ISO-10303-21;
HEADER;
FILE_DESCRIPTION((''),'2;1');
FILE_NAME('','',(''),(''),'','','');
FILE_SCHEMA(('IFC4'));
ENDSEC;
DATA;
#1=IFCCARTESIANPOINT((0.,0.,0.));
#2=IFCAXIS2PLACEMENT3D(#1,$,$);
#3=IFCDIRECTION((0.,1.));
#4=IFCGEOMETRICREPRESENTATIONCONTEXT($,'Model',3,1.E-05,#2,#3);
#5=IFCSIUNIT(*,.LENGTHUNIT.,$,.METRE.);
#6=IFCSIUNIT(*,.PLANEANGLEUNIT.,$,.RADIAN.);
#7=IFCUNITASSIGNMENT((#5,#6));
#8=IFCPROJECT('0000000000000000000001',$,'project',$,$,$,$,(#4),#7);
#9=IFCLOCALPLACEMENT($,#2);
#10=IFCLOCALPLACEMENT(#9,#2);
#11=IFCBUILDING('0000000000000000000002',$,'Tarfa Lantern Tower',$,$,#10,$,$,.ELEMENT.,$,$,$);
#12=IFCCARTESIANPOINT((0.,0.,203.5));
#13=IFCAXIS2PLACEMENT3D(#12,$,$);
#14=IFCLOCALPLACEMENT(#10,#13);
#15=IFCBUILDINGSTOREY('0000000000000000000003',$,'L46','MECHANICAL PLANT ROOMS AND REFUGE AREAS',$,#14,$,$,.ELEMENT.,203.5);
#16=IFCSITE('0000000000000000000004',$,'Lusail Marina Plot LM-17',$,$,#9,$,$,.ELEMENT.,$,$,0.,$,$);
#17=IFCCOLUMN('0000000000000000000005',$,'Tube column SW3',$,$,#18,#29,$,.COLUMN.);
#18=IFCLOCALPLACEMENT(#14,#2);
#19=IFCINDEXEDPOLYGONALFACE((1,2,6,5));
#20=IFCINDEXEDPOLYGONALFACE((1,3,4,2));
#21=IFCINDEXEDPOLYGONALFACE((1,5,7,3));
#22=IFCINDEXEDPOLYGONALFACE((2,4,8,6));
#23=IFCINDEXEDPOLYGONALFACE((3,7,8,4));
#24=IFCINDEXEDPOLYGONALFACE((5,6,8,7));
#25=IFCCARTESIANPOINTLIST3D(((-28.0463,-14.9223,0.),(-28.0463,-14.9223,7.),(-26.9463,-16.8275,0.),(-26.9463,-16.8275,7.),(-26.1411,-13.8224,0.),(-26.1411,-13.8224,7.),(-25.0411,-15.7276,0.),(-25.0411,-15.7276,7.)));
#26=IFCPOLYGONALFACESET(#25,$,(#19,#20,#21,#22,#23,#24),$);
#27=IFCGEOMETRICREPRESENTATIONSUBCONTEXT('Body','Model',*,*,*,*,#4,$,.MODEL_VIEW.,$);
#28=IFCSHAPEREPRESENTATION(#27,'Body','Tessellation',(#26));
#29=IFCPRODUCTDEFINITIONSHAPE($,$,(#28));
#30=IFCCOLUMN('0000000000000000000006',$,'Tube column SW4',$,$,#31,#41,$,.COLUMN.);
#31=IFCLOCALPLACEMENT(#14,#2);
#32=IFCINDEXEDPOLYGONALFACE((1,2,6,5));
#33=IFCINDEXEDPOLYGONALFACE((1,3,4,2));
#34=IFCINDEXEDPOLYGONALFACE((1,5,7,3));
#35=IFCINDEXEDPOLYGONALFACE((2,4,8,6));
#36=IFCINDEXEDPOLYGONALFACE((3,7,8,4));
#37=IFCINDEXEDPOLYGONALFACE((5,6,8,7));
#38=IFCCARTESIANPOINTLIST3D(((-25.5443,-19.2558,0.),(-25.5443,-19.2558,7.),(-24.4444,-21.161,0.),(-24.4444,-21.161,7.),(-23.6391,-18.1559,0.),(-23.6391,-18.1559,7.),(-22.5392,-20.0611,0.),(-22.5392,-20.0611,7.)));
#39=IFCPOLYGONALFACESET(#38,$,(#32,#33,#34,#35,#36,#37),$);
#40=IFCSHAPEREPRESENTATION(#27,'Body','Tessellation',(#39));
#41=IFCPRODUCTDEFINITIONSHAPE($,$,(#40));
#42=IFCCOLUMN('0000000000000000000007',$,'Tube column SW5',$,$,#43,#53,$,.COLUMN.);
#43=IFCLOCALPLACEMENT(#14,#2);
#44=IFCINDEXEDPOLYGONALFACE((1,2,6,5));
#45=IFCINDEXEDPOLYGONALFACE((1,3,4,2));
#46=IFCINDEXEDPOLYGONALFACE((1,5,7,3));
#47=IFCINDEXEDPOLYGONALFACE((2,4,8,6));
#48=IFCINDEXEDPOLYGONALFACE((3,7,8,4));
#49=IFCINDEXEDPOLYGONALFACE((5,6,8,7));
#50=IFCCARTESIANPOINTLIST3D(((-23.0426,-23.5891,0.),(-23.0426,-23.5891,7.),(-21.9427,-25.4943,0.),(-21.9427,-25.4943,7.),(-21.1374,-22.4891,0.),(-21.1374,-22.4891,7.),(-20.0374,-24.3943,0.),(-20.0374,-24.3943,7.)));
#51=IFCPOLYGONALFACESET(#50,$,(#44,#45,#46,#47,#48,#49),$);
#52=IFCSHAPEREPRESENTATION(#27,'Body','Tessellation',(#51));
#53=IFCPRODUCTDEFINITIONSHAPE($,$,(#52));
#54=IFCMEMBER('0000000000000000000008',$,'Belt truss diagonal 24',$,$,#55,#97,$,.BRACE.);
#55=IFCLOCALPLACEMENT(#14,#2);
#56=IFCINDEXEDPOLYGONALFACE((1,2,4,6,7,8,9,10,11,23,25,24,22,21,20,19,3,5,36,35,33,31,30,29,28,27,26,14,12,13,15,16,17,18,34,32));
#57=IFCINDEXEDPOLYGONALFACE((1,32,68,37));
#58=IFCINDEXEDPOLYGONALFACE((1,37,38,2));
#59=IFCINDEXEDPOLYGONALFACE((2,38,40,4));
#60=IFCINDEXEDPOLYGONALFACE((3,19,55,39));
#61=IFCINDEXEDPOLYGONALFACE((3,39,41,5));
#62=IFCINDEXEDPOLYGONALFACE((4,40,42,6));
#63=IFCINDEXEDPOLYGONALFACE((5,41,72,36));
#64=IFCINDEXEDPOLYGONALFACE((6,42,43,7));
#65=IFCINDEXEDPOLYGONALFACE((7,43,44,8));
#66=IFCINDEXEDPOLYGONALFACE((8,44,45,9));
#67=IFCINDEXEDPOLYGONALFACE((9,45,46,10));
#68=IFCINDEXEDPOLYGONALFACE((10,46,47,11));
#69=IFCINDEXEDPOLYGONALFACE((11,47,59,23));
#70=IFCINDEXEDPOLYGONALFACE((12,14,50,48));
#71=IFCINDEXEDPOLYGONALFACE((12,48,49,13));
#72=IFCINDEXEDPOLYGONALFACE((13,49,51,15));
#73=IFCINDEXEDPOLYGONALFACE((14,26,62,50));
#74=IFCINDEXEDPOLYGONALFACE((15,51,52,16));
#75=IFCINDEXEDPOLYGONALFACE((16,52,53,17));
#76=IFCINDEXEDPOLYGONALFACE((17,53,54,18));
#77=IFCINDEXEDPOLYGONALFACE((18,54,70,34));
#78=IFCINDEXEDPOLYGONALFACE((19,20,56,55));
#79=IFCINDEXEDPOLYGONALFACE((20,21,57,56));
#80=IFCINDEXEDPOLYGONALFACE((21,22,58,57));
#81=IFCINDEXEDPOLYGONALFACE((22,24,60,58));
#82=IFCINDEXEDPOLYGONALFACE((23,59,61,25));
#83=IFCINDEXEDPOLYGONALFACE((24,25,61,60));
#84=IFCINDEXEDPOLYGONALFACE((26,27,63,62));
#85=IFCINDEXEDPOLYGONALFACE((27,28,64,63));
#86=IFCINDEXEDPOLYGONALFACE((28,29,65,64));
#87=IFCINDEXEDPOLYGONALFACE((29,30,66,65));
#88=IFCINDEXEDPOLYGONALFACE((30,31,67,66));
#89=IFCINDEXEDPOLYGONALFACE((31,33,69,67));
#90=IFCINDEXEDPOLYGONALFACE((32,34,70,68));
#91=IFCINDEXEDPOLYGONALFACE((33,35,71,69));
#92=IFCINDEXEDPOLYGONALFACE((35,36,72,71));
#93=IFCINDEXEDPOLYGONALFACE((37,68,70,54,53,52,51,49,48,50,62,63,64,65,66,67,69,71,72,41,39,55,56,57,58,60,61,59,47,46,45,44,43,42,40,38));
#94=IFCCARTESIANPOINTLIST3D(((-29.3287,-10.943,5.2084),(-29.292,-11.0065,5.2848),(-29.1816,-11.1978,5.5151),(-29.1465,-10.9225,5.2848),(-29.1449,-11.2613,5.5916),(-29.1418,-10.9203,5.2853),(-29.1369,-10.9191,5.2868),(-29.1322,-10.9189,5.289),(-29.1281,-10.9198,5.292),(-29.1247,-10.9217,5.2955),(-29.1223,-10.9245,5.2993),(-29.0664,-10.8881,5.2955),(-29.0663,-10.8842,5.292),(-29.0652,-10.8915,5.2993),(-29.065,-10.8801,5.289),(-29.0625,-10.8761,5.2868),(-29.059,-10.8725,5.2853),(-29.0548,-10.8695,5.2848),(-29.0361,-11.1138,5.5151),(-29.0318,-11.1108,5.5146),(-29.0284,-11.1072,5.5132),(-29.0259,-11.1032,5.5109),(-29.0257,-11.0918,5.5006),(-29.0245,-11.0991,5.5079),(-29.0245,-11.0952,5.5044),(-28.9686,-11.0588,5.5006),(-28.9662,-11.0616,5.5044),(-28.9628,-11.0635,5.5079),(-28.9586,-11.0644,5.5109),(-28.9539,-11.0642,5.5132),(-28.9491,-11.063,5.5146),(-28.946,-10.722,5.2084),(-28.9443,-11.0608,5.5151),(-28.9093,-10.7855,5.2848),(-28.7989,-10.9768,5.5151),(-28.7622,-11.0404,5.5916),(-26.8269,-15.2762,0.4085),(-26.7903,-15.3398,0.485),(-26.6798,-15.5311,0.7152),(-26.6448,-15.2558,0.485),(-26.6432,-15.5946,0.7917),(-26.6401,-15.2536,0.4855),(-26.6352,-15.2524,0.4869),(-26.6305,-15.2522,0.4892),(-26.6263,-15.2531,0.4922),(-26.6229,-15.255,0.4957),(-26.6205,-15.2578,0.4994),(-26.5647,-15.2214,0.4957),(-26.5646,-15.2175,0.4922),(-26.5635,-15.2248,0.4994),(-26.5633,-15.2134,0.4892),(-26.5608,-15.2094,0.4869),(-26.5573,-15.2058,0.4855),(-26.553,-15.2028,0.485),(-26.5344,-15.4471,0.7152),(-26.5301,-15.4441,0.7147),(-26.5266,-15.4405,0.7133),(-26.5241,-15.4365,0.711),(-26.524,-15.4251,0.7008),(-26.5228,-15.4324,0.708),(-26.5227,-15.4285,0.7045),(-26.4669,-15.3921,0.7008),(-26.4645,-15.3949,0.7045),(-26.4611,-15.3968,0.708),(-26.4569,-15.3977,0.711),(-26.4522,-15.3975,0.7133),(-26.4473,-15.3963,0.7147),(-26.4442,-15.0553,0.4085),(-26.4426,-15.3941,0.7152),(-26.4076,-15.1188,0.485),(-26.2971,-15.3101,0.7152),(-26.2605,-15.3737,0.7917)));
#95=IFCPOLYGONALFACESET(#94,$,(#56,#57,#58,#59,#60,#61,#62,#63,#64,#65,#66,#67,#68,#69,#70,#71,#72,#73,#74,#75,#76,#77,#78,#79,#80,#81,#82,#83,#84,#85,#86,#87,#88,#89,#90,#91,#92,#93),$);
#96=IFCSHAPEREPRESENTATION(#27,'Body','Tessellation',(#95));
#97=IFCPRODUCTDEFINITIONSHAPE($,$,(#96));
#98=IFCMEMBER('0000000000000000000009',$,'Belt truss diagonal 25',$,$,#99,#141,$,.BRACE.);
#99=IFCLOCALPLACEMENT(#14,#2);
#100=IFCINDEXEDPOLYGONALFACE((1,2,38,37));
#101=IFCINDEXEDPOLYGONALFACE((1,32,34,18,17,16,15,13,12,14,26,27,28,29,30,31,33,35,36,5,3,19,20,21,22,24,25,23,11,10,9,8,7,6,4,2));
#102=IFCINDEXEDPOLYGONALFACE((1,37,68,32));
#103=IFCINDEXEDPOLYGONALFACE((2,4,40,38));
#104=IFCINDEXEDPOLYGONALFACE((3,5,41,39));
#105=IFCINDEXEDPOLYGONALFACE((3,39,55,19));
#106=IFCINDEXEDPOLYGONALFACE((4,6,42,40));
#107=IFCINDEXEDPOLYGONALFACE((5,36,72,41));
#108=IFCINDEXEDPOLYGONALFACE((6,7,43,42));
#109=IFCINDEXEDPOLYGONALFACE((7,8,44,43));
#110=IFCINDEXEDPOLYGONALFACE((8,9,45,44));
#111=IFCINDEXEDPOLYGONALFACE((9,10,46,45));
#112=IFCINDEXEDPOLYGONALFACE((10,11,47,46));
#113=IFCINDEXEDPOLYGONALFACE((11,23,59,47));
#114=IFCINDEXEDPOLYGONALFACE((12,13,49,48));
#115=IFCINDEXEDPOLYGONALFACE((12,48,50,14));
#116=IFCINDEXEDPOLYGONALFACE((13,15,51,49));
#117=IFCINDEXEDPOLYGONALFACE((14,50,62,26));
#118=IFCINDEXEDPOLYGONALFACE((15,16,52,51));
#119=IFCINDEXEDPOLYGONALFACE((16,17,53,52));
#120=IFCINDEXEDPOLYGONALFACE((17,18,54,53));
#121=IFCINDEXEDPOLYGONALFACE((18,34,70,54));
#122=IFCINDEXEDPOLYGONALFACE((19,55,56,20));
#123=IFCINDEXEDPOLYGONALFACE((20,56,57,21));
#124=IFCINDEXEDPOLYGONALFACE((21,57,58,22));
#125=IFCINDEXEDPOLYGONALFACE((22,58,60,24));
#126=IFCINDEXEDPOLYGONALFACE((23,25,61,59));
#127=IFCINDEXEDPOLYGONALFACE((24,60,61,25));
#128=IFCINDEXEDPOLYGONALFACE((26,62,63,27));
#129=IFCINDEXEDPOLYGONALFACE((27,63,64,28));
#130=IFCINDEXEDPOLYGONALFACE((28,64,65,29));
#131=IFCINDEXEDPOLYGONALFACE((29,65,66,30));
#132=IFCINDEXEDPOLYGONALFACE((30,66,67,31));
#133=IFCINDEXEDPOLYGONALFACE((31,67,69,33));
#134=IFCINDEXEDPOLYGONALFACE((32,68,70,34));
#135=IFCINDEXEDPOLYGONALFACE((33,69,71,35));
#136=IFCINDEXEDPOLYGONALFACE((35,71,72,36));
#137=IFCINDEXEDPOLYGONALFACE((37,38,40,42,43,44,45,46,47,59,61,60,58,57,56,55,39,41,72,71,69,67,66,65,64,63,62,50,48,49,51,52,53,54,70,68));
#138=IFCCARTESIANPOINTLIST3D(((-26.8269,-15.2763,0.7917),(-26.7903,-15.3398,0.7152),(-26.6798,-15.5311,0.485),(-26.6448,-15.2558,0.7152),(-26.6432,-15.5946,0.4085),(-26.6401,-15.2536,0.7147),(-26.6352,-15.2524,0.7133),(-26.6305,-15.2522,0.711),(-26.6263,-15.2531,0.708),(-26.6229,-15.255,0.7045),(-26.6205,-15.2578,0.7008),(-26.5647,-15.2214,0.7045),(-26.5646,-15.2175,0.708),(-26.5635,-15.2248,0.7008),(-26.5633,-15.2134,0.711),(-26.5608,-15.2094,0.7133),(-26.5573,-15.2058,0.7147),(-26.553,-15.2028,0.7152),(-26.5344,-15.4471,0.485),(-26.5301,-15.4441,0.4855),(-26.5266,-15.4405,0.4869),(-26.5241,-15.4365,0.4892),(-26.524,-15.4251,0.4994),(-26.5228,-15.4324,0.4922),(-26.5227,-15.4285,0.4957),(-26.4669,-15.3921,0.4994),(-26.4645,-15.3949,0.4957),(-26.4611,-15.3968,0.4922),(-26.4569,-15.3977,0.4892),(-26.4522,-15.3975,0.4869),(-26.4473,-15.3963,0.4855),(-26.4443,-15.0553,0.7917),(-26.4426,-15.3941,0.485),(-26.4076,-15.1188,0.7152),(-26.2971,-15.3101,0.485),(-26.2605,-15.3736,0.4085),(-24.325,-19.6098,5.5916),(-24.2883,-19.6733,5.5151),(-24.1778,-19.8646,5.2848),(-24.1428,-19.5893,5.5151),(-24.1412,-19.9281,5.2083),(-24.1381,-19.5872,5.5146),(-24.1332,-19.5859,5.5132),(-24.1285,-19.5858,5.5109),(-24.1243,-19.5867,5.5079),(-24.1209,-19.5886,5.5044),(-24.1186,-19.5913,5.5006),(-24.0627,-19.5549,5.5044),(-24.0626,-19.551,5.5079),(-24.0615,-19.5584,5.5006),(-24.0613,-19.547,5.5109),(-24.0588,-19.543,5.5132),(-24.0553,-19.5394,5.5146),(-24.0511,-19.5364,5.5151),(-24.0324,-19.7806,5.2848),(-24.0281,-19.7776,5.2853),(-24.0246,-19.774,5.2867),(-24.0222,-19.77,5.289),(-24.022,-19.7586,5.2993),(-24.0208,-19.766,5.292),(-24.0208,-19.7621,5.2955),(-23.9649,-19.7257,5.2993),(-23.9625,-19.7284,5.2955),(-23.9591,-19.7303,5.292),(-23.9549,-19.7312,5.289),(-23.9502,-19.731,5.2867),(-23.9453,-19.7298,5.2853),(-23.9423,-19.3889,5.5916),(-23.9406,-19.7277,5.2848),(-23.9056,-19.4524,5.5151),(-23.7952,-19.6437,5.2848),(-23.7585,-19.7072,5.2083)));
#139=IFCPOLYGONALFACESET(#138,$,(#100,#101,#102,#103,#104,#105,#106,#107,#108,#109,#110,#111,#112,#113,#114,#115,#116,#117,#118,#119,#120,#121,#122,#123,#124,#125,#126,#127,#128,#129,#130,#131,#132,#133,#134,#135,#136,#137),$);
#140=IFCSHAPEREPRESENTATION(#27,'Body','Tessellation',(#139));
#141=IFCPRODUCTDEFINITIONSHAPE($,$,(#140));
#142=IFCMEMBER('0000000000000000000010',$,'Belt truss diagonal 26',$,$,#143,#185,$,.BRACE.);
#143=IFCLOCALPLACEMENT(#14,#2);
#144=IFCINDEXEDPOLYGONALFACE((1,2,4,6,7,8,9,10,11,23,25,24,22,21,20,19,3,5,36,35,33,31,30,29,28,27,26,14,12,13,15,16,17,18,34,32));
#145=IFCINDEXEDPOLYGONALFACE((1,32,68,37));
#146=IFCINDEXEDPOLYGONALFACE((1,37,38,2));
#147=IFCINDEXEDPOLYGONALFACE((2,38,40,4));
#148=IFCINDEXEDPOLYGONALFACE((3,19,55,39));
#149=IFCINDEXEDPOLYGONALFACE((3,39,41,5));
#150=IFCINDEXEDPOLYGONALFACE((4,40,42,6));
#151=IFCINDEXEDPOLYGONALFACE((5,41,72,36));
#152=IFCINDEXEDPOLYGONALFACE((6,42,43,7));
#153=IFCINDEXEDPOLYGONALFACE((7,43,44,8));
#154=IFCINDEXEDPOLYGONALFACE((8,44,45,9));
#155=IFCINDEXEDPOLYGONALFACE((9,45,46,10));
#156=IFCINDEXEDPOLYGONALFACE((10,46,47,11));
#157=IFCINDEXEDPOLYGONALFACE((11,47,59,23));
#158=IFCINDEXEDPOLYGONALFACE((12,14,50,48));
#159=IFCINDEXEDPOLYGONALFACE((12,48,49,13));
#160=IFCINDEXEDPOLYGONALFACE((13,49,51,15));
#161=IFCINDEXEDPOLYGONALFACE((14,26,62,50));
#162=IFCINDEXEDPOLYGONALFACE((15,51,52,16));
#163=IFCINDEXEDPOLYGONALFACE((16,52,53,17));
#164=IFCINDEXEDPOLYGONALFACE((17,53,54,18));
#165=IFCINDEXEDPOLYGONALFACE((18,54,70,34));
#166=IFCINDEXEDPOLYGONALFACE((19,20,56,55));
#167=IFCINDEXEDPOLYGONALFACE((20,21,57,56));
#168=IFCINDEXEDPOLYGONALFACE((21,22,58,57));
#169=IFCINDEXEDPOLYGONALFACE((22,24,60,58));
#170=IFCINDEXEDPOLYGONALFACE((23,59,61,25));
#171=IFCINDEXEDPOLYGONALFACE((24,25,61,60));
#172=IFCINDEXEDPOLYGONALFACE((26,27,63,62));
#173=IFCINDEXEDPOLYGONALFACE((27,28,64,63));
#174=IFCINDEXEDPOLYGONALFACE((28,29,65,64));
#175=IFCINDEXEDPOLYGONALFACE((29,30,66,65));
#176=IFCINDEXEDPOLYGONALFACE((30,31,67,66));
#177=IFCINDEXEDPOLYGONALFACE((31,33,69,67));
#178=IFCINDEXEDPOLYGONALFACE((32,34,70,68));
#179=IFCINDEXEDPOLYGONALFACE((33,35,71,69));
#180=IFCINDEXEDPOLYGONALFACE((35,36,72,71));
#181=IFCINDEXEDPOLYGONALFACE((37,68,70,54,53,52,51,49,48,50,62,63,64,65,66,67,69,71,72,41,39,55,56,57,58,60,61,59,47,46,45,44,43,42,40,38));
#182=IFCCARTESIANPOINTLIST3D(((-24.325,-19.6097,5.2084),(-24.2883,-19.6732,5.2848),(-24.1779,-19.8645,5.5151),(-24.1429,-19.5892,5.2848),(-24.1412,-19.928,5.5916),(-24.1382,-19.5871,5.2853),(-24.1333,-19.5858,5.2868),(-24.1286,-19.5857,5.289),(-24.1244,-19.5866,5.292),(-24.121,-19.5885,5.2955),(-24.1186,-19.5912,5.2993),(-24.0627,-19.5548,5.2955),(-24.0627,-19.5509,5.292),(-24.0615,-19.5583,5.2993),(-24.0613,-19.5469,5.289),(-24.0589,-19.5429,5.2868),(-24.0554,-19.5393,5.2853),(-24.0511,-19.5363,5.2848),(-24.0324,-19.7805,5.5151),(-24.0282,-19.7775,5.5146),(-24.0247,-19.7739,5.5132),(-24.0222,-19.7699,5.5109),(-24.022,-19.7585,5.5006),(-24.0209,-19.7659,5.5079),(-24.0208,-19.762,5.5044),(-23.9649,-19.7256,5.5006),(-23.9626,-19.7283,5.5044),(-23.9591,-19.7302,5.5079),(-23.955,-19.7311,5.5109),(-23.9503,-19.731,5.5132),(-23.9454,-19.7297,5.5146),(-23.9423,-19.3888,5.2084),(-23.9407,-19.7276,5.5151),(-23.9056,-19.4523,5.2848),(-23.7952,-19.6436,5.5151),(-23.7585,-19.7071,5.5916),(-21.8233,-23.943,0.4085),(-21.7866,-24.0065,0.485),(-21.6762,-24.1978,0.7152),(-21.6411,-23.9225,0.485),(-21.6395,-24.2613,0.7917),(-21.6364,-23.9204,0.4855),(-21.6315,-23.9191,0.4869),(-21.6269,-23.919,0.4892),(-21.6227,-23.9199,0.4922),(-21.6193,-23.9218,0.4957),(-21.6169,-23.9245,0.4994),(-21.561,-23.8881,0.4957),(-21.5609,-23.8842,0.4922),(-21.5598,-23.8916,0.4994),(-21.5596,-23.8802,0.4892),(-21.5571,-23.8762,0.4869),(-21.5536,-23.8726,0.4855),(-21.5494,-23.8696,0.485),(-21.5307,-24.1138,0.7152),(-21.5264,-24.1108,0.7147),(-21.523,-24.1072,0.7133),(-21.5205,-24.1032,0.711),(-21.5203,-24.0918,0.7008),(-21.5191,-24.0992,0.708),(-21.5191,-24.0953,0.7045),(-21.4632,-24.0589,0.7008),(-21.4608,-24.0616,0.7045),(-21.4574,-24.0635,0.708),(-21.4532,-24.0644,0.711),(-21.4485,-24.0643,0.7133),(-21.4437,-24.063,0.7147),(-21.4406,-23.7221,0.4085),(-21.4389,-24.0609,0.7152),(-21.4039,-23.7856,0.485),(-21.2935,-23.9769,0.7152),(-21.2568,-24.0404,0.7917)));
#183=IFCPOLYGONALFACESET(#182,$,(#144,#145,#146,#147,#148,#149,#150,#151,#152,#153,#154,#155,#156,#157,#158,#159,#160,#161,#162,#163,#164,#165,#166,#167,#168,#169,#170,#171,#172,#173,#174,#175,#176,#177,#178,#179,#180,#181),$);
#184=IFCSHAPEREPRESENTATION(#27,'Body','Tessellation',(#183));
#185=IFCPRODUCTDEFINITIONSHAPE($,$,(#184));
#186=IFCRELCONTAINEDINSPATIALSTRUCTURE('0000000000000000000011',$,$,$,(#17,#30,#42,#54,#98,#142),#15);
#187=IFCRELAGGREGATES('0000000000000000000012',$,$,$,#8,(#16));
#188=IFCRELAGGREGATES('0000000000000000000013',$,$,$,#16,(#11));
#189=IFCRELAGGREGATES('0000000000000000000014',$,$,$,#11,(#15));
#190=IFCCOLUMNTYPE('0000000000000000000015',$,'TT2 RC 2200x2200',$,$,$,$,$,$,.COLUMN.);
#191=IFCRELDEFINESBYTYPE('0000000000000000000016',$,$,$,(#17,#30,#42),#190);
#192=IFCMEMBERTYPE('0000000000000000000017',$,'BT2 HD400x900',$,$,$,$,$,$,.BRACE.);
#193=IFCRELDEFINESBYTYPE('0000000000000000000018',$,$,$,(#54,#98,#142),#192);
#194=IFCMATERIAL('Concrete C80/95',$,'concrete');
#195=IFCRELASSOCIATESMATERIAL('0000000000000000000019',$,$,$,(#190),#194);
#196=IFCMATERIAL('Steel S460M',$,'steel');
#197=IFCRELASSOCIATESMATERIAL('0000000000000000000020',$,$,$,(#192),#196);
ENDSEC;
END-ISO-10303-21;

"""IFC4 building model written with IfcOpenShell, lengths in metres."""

from ifc_helpers import new_model, si_unit, direction, frame, origin, origin_2d, place, context, subcontext, project, spatial, rectangle, i_section, extrude, material, material_profile, profile_set, type_object, element, save


model = new_model("IFC4")

# Units and contexts
model_context = context("Model", 3, precision=1e-05, world=origin(), true_north=direction((0.0, 1.0)))
body_context = subcontext(model_context, "Body", "Model", "MODEL_VIEW")
ifc_project = project(units=[si_unit("LENGTHUNIT", "METRE"), si_unit("PLANEANGLEUNIT", "RADIAN")], contexts=[model_context])

# Site, building, storey
site_placement = place(None, origin())
site = spatial("IfcSite", under=ifc_project, at=site_placement, Name="Lusail Marina Plot LM-17", CompositionType="ELEMENT", RefElevation=0.0)
building_placement = place(site_placement, origin())
building = spatial("IfcBuilding", under=site, at=building_placement, Name="Tarfa Lantern Tower", CompositionType="ELEMENT")
storey_placement = place(building_placement, frame((0.0, 0.0, 203.5)))
storey = spatial("IfcBuildingStorey", under=building, at=storey_placement, Name="L46", Description="MECHANICAL PLANT ROOMS AND REFUGE AREAS", CompositionType="ELEMENT", Elevation=203.5)

# Columns
ifc_material_1 = material(Name="Concrete C80/95", Category="concrete")
ifc_material_profile_1 = material_profile(ifc_material_1, rectangle(XDim=2.2, YDim=2.2, at=origin_2d()), Name="RC 2200x2200")
ifc_profile_set_1 = profile_set([ifc_material_profile_1], Name="Concrete C80/95")
column_type = type_object("IfcColumnType", Name="TT2 RC 2200x2200", PredefinedType="COLUMN", material=ifc_profile_set_1)
for number, where, z_axis, x_axis, name in (
    (1, (-26.5437, -15.325, 0.0), (0.0, 0.0, 1.0), (0.5, -0.866025, 0.0), "Tube column SW3"),
    (2, (-24.0417, -19.6584, 0.0), (0.0, 0.0, 1.0), (0.5, -0.866025, 0.0), "Tube column SW4"),
    (3, (-21.54, -23.9917, 0.0), (0.0, 0.0, 1.0), (0.5, -0.866025, 0.0), "Tube column SW5"),
):
    element("IfcColumn", number, at=place(storey_placement, frame(where, z_axis=z_axis, x_axis=x_axis)), inside=storey, type_object=column_type, Name=name, PredefinedType="COLUMN", context=body_context, shape_type="SweptSolid", body=[
        extrude(rectangle(XDim=2.2, YDim=2.2, at=origin_2d()), origin(), (0.0, 0.0, 1.0), 7.0),
    ])

# Members
ifc_material_2 = material(Name="Steel S460M", Category="steel")
ifc_material_profile_2 = material_profile(ifc_material_2, i_section(OverallWidth=0.4419, OverallDepth=0.531, WebThickness=0.0659, FlangeThickness=0.106, FilletRadius=0.02, at=origin_2d()), Name="HD400x900")
ifc_profile_set_2 = profile_set([ifc_material_profile_2], Name="Steel S460M")
member_type_1 = type_object("IfcMemberType", Name="BT2 HD400x900", PredefinedType="BRACE", material=ifc_profile_set_2)
member_1_placement = place(storey_placement, frame((-26.5437, -15.325, 0.6001), z_axis=(-0.360814, 0.624971, 0.692261), x_axis=(-0.866034, -0.499986, 0.0)))
element("IfcMember", 4, at=member_1_placement, inside=storey, type_object=member_type_1, Name="Belt truss diagonal 24", PredefinedType="BRACE", context=body_context, shape_type="SweptSolid", body=[
    extrude(i_section(OverallWidth=0.4419, OverallDepth=0.531, WebThickness=0.0659, FlangeThickness=0.106, FilletRadius=0.02, at=origin_2d()), origin(), (0.0, 0.0, 1.0), 6.9336),
])
member_2_placement = place(storey_placement, frame((-26.5437, -15.325, 0.6001), z_axis=(0.360836, -0.624985, 0.692237), x_axis=(0.866025, 0.500001, 0.0)))
element("IfcMember", 5, at=member_2_placement, inside=storey, type_object=member_type_1, Name="Belt truss diagonal 25", PredefinedType="BRACE", context=body_context, shape_type="SweptSolid", body=[
    extrude(i_section(OverallWidth=0.4419, OverallDepth=0.531, WebThickness=0.0659, FlangeThickness=0.106, FilletRadius=0.02, at=origin_2d()), origin(), (0.0, 0.0, 1.0), 6.9338),
])
for number, where, z_axis, x_axis, name in (
    (6, (-21.54, -23.9917, 0.6001), (-0.360814, 0.624971, 0.692261), (-0.866034, -0.499986, 0.0), "Belt truss diagonal 26"),
):
    element("IfcMember", number, at=place(storey_placement, frame(where, z_axis=z_axis, x_axis=x_axis)), inside=storey, type_object=member_type_1, Name=name, PredefinedType="BRACE", context=body_context, shape_type="SweptSolid", body=[
        extrude(i_section(OverallWidth=0.4419, OverallDepth=0.531, WebThickness=0.0659, FlangeThickness=0.106, FilletRadius=0.02, at=origin_2d()), origin(), (0.0, 0.0, 1.0), 6.9336),
    ])

save(model, "model.ifc")
